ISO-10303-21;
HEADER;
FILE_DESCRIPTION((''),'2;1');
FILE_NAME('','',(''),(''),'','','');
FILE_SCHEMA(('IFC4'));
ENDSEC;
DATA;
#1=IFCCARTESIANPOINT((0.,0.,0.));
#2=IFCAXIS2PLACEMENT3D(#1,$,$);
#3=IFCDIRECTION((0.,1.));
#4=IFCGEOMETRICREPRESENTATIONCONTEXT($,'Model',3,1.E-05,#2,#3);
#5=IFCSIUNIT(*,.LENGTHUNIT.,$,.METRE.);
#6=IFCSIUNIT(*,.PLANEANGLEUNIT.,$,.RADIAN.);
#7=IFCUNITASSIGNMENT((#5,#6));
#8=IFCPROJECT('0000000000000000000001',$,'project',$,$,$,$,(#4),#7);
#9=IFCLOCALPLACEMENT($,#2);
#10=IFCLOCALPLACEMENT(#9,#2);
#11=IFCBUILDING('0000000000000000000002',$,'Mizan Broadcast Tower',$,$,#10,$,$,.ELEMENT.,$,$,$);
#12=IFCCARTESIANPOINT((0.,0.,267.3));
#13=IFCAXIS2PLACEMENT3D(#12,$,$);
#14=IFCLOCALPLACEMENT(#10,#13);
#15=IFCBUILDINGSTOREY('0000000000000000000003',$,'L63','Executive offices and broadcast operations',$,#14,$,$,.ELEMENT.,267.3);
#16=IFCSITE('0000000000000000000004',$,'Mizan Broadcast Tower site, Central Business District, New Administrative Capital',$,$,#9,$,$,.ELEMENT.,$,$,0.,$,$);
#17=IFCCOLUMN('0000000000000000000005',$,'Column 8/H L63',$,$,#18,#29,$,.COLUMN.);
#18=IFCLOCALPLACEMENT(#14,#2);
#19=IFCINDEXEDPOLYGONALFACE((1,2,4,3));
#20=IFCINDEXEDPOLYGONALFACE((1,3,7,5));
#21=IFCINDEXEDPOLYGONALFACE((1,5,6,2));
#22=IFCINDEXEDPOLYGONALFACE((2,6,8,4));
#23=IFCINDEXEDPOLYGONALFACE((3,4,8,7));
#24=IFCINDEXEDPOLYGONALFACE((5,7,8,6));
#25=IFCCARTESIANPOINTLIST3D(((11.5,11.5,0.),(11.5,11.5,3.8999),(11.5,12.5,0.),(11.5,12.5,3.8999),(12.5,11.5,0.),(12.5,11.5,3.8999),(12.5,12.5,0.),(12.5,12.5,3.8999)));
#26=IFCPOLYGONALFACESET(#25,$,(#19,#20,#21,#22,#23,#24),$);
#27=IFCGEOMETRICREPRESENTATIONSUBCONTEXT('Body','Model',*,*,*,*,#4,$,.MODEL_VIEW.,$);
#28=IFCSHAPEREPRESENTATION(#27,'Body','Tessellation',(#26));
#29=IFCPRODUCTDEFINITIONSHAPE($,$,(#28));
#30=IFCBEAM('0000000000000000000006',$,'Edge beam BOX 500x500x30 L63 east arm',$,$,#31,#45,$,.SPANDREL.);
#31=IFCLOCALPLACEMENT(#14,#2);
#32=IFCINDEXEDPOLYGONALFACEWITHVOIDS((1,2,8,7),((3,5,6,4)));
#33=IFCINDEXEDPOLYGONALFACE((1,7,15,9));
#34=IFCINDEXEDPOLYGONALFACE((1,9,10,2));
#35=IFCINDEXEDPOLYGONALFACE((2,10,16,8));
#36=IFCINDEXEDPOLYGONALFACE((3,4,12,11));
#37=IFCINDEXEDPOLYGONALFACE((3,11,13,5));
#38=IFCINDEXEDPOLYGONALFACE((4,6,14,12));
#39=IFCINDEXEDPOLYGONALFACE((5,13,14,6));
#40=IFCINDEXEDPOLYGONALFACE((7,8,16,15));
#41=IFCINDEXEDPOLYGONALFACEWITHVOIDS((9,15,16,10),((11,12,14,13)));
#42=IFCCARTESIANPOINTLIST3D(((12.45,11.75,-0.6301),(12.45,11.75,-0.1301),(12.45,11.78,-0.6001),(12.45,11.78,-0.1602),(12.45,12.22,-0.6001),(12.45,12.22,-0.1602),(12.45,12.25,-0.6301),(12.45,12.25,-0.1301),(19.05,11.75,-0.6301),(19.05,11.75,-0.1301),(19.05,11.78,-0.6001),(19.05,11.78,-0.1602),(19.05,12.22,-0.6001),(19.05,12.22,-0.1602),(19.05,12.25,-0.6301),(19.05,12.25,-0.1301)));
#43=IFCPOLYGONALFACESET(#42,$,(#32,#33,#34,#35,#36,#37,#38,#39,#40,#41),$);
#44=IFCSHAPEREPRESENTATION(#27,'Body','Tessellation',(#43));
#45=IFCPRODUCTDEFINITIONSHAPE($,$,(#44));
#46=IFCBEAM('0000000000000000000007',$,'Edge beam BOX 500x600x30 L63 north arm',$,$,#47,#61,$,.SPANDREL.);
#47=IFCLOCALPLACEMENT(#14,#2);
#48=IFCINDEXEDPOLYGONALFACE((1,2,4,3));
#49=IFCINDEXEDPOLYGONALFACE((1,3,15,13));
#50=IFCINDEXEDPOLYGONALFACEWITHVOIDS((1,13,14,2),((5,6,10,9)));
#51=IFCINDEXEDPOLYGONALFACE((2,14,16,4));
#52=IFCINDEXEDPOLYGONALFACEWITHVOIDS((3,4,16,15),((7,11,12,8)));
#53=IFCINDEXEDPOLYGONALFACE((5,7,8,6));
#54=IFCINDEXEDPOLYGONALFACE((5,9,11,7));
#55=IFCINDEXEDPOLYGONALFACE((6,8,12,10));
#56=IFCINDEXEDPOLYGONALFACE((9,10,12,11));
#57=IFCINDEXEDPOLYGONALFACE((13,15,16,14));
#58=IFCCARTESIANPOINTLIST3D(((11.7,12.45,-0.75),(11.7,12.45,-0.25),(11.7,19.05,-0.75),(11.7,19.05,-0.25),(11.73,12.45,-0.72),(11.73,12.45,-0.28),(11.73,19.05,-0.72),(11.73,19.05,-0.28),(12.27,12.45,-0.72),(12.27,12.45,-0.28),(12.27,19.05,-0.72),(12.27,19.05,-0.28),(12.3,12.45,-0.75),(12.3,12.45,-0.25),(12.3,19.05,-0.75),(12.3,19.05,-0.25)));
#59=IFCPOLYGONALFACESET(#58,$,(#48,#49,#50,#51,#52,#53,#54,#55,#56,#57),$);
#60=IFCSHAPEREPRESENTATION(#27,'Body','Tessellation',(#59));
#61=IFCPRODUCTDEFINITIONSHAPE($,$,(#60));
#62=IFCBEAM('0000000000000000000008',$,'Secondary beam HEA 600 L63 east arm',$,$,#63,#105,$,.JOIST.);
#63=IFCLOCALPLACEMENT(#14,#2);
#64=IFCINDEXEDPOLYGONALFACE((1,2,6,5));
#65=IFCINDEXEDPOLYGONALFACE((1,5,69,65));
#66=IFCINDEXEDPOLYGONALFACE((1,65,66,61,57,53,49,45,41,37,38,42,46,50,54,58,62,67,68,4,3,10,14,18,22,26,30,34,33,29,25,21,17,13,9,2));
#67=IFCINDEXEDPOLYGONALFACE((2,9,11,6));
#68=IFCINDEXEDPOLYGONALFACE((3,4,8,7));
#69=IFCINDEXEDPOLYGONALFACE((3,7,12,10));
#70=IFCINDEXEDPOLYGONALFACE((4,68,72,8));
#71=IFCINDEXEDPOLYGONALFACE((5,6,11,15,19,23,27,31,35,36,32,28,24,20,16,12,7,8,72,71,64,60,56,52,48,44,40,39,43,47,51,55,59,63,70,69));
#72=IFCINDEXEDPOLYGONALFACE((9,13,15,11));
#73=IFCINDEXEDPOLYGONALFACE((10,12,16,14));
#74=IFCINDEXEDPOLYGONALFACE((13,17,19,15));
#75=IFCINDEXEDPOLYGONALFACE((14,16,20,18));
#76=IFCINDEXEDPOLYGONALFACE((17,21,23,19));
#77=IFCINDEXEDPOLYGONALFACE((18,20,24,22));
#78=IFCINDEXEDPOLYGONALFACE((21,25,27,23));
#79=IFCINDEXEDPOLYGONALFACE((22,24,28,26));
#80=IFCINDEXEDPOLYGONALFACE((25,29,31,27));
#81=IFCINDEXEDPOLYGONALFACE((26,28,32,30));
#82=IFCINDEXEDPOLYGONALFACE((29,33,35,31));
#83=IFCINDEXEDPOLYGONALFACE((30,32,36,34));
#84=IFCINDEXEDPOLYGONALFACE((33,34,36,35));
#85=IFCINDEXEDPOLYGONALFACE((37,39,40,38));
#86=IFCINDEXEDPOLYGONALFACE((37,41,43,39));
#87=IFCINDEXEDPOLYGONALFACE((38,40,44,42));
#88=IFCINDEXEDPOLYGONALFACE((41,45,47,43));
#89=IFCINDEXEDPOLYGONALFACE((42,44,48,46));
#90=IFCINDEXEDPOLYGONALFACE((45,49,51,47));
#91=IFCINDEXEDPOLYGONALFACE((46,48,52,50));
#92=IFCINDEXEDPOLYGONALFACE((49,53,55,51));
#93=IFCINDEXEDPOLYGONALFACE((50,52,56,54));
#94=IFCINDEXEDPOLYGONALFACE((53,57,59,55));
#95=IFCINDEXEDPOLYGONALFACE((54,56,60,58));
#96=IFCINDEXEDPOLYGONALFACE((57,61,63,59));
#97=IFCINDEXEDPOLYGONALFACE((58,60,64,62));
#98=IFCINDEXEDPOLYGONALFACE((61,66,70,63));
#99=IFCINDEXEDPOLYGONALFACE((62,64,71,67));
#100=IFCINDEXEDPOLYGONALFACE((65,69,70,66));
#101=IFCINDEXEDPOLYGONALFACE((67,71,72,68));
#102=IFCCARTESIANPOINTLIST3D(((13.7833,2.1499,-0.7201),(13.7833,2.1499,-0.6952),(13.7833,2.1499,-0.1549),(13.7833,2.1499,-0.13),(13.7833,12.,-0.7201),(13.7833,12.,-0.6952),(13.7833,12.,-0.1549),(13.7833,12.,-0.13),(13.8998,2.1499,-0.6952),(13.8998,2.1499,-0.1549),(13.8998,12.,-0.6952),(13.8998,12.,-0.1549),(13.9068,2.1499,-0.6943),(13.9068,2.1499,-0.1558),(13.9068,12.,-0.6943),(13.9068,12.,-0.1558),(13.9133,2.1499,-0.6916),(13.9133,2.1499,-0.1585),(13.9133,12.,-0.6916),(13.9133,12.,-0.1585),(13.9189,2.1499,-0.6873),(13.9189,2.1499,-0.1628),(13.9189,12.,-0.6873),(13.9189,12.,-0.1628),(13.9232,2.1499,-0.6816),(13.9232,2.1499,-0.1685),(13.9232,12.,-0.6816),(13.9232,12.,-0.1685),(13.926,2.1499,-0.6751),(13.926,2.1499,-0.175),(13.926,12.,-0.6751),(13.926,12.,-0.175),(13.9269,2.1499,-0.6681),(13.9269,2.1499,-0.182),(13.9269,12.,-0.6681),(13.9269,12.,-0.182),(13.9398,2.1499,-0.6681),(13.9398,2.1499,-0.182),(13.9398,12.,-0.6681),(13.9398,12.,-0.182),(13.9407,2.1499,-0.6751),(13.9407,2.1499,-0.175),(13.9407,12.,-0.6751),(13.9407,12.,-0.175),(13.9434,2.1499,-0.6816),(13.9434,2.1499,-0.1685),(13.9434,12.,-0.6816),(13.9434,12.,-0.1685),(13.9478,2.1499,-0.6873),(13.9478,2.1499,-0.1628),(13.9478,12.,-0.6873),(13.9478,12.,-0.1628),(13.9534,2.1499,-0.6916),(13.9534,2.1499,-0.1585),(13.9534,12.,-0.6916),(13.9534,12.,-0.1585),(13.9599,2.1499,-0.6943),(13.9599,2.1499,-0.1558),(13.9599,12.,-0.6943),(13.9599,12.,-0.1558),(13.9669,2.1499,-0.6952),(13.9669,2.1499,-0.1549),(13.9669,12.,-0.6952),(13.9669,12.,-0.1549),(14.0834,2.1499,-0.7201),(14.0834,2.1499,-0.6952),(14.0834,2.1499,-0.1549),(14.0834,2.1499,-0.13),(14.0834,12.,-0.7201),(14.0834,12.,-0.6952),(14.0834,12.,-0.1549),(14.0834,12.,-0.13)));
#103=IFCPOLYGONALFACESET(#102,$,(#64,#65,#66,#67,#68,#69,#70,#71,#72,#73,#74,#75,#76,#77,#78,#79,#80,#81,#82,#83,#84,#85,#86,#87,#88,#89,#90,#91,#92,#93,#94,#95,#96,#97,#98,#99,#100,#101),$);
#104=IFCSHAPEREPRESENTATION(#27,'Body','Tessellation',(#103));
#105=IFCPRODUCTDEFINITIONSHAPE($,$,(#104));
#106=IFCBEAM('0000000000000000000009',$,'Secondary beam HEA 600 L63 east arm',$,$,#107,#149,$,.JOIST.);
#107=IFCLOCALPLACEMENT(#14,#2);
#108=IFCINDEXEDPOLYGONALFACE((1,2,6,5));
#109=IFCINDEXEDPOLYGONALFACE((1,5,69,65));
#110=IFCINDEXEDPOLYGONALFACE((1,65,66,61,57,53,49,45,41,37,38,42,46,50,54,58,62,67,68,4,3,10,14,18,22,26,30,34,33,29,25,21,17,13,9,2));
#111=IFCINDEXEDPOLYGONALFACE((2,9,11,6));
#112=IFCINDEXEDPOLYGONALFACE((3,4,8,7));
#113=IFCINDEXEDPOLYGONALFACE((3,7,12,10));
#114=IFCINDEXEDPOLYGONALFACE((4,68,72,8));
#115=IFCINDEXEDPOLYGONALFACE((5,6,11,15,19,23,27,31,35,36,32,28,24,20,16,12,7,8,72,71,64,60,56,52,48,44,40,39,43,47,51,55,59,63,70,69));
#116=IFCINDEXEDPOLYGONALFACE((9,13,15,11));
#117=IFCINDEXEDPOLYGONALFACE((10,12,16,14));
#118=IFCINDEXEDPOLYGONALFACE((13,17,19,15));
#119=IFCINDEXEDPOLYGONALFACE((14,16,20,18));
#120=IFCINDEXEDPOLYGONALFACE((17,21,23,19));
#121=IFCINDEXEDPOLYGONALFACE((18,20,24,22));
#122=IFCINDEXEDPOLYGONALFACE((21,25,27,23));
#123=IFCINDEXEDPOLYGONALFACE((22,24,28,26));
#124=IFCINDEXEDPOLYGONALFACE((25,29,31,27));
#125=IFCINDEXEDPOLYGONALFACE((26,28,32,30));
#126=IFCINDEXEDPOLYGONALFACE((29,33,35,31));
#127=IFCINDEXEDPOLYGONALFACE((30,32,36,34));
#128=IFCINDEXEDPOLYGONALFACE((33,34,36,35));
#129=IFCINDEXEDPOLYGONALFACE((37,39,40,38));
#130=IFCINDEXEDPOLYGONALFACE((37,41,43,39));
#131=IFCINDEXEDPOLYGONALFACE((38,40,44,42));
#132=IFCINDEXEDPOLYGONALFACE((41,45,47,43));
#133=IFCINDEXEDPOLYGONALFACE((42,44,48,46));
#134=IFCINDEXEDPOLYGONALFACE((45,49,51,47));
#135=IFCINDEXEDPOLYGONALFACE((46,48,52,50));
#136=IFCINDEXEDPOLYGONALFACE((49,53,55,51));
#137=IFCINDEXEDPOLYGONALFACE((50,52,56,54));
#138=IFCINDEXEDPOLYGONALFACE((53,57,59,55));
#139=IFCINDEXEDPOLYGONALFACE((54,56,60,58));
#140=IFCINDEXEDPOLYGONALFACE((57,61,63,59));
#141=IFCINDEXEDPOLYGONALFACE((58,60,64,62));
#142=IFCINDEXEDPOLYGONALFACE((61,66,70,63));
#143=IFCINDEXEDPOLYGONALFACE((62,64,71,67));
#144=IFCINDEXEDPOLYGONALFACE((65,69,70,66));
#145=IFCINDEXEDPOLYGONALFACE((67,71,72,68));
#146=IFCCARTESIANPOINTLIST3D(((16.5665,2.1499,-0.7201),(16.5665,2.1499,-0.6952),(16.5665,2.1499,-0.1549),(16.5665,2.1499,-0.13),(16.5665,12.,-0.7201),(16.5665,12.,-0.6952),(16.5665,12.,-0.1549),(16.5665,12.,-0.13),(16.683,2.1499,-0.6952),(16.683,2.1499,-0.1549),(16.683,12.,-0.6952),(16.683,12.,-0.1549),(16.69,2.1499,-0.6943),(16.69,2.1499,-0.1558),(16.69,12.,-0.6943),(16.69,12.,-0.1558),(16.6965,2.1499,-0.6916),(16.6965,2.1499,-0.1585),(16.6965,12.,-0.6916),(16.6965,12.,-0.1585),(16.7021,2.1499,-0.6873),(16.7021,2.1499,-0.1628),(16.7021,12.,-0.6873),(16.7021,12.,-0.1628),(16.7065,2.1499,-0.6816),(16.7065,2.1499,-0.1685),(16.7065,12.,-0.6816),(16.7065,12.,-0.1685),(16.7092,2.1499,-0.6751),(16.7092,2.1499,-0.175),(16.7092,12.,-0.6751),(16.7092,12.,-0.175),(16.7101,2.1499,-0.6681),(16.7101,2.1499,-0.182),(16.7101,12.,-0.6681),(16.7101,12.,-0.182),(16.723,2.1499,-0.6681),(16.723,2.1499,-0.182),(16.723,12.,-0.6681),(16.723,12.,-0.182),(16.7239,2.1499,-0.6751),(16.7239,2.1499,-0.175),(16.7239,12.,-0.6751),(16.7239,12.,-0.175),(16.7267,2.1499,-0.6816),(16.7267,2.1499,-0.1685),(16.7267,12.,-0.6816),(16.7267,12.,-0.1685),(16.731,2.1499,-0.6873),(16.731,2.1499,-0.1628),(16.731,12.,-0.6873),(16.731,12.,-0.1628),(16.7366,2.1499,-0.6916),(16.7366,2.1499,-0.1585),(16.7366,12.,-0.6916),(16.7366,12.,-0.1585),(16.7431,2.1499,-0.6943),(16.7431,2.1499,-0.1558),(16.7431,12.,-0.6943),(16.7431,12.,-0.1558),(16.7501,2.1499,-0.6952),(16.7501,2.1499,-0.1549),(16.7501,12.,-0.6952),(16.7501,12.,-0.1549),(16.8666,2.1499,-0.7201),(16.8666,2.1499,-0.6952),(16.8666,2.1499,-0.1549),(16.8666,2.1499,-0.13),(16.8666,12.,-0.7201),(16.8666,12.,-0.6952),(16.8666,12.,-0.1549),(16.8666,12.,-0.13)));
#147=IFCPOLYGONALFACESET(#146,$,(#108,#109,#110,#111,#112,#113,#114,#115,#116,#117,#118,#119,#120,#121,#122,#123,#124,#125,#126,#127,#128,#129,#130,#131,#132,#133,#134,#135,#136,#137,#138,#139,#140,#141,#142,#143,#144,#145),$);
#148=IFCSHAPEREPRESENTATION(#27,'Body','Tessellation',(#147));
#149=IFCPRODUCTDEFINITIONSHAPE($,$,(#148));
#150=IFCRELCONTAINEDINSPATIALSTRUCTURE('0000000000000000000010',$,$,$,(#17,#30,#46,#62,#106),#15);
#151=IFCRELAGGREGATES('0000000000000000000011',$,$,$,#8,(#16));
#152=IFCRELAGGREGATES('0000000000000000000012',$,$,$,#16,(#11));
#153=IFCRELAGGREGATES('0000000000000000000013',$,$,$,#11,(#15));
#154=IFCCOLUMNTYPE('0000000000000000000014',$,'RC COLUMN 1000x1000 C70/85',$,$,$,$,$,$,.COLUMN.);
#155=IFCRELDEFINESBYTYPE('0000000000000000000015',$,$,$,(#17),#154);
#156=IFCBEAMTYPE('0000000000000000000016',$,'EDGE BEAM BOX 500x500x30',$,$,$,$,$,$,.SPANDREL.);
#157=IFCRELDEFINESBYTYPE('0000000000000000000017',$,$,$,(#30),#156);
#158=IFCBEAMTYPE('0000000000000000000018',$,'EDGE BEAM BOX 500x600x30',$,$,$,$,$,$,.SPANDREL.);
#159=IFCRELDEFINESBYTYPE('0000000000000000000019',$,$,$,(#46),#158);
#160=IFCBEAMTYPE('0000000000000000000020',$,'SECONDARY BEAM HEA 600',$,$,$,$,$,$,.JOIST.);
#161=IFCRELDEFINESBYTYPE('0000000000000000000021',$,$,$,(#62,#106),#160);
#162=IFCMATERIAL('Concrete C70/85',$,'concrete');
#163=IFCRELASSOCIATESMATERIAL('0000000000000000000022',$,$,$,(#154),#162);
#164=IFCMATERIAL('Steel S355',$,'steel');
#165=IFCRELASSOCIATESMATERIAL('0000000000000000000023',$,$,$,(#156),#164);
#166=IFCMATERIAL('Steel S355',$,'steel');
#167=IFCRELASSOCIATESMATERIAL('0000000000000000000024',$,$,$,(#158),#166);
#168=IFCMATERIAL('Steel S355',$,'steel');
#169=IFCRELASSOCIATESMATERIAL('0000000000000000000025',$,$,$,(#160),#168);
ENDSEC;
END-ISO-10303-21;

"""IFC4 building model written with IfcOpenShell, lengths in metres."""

from ifc_helpers import new_model, si_unit, direction, frame, origin, origin_2d, place, context, subcontext, project, spatial, rectangle, hollow_rectangle, i_section, extrude, material, material_profile, profile_set, type_object, element, save


model = new_model("IFC4")

# Units and contexts
model_context = context("Model", 3, precision=1e-05, world=origin(), true_north=direction((0.0, 1.0)))
body_context = subcontext(model_context, "Body", "Model", "MODEL_VIEW")
ifc_project = project(units=[si_unit("LENGTHUNIT", "METRE"), si_unit("PLANEANGLEUNIT", "RADIAN")], contexts=[model_context])

# Site, building, storey
site_placement = place(None, origin())
site = spatial("IfcSite", under=ifc_project, at=site_placement, Name="Mizan Broadcast Tower site, Central Business District, New Administrative Capital", CompositionType="ELEMENT", RefElevation=0.0)
building_placement = place(site_placement, origin())
building = spatial("IfcBuilding", under=site, at=building_placement, Name="Mizan Broadcast Tower", CompositionType="ELEMENT")
storey_placement = place(building_placement, frame((0.0, 0.0, 267.3)))
storey = spatial("IfcBuildingStorey", under=building, at=storey_placement, Name="L63", Description="Executive offices and broadcast operations", CompositionType="ELEMENT", Elevation=267.3)

# Column
ifc_material_1 = material(Name="Concrete C70/85", Category="concrete")
ifc_material_profile_1 = material_profile(ifc_material_1, rectangle(XDim=1.0, YDim=1.0, at=origin_2d()), Name="RC 1000x1000")
ifc_profile_set_1 = profile_set([ifc_material_profile_1], Name="Concrete C70/85")
column_type = type_object("IfcColumnType", Name="RC COLUMN 1000x1000 C70/85", PredefinedType="COLUMN", material=ifc_profile_set_1)
column_placement = place(storey_placement, frame((12.0, 12.0, 0.0), z_axis=(0.0, 0.0, 1.0), x_axis=(1.0, 0.0, 0.0)))
element("IfcColumn", 1, at=column_placement, inside=storey, type_object=column_type, Name="Column 8/H L63", PredefinedType="COLUMN", context=body_context, shape_type="SweptSolid", body=[
    extrude(rectangle(XDim=1.0, YDim=1.0, at=origin_2d()), origin(), (0.0, 0.0, 1.0), 3.8999),
])

# Beams
ifc_material_2 = material(Name="Steel S355", Category="steel")
ifc_material_profile_2 = material_profile(ifc_material_2, hollow_rectangle(XDim=0.5, YDim=0.5, WallThickness=0.03, at=origin_2d()), Name="BOX 500x500x30")
ifc_profile_set_2 = profile_set([ifc_material_profile_2], Name="Steel S355")
beam_type_1 = type_object("IfcBeamType", Name="EDGE BEAM BOX 500x500x30", PredefinedType="SPANDREL", material=ifc_profile_set_2)
beam_1_placement = place(storey_placement, frame((12.45, 12.0, -0.3801), z_axis=(1.0, 0.0, 0.0), x_axis=(0.0, 1.0, 0.0)))
element("IfcBeam", 2, at=beam_1_placement, inside=storey, type_object=beam_type_1, Name="Edge beam BOX 500x500x30 L63 east arm", PredefinedType="SPANDREL", context=body_context, shape_type="SweptSolid", body=[
    extrude(hollow_rectangle(XDim=0.5, YDim=0.5, WallThickness=0.03, at=origin_2d()), origin(), (0.0, 0.0, 1.0), 6.6001),
])
ifc_material_3 = material(Name="Steel S355", Category="steel")
ifc_material_profile_3 = material_profile(ifc_material_3, hollow_rectangle(XDim=0.6001, YDim=0.5, WallThickness=0.03, at=origin_2d()), Name="BOX 500x600x30")
ifc_profile_set_3 = profile_set([ifc_material_profile_3], Name="Steel S355")
beam_type_2 = type_object("IfcBeamType", Name="EDGE BEAM BOX 500x600x30", PredefinedType="SPANDREL", material=ifc_profile_set_3)
beam_2_placement = place(storey_placement, frame((12.0, 12.45, -0.5), z_axis=(0.0, 1.0, 0.0), x_axis=(-1.0, 0.0, 0.0)))
element("IfcBeam", 3, at=beam_2_placement, inside=storey, type_object=beam_type_2, Name="Edge beam BOX 500x600x30 L63 north arm", PredefinedType="SPANDREL", context=body_context, shape_type="SweptSolid", body=[
    extrude(hollow_rectangle(XDim=0.6001, YDim=0.5, WallThickness=0.03, at=origin_2d()), origin(), (0.0, 0.0, 1.0), 6.6001),
])
ifc_material_4 = material(Name="Steel S355", Category="steel")
ifc_material_profile_4 = material_profile(ifc_material_4, i_section(OverallWidth=0.3, OverallDepth=0.5901, WebThickness=0.0129, FlangeThickness=0.0249, FilletRadius=0.0271, at=origin_2d()), Name="HEA 600")
ifc_profile_set_4 = profile_set([ifc_material_profile_4], Name="Steel S355")
beam_type_3 = type_object("IfcBeamType", Name="SECONDARY BEAM HEA 600", PredefinedType="JOIST", material=ifc_profile_set_4)
for number, where, z_axis, x_axis, name in (
    (4, (13.9333, 12.0, -0.425), (0.0, -1.0, 0.0), (1.0, 0.0, 0.0), "Secondary beam HEA 600 L63 east arm"),
    (5, (16.7166, 12.0, -0.425), (0.0, -1.0, 0.0), (1.0, 0.0, 0.0), "Secondary beam HEA 600 L63 east arm"),
):
    element("IfcBeam", number, at=place(storey_placement, frame(where, z_axis=z_axis, x_axis=x_axis)), inside=storey, type_object=beam_type_3, Name=name, PredefinedType="JOIST", context=body_context, shape_type="SweptSolid", body=[
        extrude(i_section(OverallWidth=0.3, OverallDepth=0.5901, WebThickness=0.0129, FlangeThickness=0.0249, FilletRadius=0.0271, at=origin_2d()), origin(), (0.0, 0.0, 1.0), 9.8501),
    ])

save(model, "model.ifc")
